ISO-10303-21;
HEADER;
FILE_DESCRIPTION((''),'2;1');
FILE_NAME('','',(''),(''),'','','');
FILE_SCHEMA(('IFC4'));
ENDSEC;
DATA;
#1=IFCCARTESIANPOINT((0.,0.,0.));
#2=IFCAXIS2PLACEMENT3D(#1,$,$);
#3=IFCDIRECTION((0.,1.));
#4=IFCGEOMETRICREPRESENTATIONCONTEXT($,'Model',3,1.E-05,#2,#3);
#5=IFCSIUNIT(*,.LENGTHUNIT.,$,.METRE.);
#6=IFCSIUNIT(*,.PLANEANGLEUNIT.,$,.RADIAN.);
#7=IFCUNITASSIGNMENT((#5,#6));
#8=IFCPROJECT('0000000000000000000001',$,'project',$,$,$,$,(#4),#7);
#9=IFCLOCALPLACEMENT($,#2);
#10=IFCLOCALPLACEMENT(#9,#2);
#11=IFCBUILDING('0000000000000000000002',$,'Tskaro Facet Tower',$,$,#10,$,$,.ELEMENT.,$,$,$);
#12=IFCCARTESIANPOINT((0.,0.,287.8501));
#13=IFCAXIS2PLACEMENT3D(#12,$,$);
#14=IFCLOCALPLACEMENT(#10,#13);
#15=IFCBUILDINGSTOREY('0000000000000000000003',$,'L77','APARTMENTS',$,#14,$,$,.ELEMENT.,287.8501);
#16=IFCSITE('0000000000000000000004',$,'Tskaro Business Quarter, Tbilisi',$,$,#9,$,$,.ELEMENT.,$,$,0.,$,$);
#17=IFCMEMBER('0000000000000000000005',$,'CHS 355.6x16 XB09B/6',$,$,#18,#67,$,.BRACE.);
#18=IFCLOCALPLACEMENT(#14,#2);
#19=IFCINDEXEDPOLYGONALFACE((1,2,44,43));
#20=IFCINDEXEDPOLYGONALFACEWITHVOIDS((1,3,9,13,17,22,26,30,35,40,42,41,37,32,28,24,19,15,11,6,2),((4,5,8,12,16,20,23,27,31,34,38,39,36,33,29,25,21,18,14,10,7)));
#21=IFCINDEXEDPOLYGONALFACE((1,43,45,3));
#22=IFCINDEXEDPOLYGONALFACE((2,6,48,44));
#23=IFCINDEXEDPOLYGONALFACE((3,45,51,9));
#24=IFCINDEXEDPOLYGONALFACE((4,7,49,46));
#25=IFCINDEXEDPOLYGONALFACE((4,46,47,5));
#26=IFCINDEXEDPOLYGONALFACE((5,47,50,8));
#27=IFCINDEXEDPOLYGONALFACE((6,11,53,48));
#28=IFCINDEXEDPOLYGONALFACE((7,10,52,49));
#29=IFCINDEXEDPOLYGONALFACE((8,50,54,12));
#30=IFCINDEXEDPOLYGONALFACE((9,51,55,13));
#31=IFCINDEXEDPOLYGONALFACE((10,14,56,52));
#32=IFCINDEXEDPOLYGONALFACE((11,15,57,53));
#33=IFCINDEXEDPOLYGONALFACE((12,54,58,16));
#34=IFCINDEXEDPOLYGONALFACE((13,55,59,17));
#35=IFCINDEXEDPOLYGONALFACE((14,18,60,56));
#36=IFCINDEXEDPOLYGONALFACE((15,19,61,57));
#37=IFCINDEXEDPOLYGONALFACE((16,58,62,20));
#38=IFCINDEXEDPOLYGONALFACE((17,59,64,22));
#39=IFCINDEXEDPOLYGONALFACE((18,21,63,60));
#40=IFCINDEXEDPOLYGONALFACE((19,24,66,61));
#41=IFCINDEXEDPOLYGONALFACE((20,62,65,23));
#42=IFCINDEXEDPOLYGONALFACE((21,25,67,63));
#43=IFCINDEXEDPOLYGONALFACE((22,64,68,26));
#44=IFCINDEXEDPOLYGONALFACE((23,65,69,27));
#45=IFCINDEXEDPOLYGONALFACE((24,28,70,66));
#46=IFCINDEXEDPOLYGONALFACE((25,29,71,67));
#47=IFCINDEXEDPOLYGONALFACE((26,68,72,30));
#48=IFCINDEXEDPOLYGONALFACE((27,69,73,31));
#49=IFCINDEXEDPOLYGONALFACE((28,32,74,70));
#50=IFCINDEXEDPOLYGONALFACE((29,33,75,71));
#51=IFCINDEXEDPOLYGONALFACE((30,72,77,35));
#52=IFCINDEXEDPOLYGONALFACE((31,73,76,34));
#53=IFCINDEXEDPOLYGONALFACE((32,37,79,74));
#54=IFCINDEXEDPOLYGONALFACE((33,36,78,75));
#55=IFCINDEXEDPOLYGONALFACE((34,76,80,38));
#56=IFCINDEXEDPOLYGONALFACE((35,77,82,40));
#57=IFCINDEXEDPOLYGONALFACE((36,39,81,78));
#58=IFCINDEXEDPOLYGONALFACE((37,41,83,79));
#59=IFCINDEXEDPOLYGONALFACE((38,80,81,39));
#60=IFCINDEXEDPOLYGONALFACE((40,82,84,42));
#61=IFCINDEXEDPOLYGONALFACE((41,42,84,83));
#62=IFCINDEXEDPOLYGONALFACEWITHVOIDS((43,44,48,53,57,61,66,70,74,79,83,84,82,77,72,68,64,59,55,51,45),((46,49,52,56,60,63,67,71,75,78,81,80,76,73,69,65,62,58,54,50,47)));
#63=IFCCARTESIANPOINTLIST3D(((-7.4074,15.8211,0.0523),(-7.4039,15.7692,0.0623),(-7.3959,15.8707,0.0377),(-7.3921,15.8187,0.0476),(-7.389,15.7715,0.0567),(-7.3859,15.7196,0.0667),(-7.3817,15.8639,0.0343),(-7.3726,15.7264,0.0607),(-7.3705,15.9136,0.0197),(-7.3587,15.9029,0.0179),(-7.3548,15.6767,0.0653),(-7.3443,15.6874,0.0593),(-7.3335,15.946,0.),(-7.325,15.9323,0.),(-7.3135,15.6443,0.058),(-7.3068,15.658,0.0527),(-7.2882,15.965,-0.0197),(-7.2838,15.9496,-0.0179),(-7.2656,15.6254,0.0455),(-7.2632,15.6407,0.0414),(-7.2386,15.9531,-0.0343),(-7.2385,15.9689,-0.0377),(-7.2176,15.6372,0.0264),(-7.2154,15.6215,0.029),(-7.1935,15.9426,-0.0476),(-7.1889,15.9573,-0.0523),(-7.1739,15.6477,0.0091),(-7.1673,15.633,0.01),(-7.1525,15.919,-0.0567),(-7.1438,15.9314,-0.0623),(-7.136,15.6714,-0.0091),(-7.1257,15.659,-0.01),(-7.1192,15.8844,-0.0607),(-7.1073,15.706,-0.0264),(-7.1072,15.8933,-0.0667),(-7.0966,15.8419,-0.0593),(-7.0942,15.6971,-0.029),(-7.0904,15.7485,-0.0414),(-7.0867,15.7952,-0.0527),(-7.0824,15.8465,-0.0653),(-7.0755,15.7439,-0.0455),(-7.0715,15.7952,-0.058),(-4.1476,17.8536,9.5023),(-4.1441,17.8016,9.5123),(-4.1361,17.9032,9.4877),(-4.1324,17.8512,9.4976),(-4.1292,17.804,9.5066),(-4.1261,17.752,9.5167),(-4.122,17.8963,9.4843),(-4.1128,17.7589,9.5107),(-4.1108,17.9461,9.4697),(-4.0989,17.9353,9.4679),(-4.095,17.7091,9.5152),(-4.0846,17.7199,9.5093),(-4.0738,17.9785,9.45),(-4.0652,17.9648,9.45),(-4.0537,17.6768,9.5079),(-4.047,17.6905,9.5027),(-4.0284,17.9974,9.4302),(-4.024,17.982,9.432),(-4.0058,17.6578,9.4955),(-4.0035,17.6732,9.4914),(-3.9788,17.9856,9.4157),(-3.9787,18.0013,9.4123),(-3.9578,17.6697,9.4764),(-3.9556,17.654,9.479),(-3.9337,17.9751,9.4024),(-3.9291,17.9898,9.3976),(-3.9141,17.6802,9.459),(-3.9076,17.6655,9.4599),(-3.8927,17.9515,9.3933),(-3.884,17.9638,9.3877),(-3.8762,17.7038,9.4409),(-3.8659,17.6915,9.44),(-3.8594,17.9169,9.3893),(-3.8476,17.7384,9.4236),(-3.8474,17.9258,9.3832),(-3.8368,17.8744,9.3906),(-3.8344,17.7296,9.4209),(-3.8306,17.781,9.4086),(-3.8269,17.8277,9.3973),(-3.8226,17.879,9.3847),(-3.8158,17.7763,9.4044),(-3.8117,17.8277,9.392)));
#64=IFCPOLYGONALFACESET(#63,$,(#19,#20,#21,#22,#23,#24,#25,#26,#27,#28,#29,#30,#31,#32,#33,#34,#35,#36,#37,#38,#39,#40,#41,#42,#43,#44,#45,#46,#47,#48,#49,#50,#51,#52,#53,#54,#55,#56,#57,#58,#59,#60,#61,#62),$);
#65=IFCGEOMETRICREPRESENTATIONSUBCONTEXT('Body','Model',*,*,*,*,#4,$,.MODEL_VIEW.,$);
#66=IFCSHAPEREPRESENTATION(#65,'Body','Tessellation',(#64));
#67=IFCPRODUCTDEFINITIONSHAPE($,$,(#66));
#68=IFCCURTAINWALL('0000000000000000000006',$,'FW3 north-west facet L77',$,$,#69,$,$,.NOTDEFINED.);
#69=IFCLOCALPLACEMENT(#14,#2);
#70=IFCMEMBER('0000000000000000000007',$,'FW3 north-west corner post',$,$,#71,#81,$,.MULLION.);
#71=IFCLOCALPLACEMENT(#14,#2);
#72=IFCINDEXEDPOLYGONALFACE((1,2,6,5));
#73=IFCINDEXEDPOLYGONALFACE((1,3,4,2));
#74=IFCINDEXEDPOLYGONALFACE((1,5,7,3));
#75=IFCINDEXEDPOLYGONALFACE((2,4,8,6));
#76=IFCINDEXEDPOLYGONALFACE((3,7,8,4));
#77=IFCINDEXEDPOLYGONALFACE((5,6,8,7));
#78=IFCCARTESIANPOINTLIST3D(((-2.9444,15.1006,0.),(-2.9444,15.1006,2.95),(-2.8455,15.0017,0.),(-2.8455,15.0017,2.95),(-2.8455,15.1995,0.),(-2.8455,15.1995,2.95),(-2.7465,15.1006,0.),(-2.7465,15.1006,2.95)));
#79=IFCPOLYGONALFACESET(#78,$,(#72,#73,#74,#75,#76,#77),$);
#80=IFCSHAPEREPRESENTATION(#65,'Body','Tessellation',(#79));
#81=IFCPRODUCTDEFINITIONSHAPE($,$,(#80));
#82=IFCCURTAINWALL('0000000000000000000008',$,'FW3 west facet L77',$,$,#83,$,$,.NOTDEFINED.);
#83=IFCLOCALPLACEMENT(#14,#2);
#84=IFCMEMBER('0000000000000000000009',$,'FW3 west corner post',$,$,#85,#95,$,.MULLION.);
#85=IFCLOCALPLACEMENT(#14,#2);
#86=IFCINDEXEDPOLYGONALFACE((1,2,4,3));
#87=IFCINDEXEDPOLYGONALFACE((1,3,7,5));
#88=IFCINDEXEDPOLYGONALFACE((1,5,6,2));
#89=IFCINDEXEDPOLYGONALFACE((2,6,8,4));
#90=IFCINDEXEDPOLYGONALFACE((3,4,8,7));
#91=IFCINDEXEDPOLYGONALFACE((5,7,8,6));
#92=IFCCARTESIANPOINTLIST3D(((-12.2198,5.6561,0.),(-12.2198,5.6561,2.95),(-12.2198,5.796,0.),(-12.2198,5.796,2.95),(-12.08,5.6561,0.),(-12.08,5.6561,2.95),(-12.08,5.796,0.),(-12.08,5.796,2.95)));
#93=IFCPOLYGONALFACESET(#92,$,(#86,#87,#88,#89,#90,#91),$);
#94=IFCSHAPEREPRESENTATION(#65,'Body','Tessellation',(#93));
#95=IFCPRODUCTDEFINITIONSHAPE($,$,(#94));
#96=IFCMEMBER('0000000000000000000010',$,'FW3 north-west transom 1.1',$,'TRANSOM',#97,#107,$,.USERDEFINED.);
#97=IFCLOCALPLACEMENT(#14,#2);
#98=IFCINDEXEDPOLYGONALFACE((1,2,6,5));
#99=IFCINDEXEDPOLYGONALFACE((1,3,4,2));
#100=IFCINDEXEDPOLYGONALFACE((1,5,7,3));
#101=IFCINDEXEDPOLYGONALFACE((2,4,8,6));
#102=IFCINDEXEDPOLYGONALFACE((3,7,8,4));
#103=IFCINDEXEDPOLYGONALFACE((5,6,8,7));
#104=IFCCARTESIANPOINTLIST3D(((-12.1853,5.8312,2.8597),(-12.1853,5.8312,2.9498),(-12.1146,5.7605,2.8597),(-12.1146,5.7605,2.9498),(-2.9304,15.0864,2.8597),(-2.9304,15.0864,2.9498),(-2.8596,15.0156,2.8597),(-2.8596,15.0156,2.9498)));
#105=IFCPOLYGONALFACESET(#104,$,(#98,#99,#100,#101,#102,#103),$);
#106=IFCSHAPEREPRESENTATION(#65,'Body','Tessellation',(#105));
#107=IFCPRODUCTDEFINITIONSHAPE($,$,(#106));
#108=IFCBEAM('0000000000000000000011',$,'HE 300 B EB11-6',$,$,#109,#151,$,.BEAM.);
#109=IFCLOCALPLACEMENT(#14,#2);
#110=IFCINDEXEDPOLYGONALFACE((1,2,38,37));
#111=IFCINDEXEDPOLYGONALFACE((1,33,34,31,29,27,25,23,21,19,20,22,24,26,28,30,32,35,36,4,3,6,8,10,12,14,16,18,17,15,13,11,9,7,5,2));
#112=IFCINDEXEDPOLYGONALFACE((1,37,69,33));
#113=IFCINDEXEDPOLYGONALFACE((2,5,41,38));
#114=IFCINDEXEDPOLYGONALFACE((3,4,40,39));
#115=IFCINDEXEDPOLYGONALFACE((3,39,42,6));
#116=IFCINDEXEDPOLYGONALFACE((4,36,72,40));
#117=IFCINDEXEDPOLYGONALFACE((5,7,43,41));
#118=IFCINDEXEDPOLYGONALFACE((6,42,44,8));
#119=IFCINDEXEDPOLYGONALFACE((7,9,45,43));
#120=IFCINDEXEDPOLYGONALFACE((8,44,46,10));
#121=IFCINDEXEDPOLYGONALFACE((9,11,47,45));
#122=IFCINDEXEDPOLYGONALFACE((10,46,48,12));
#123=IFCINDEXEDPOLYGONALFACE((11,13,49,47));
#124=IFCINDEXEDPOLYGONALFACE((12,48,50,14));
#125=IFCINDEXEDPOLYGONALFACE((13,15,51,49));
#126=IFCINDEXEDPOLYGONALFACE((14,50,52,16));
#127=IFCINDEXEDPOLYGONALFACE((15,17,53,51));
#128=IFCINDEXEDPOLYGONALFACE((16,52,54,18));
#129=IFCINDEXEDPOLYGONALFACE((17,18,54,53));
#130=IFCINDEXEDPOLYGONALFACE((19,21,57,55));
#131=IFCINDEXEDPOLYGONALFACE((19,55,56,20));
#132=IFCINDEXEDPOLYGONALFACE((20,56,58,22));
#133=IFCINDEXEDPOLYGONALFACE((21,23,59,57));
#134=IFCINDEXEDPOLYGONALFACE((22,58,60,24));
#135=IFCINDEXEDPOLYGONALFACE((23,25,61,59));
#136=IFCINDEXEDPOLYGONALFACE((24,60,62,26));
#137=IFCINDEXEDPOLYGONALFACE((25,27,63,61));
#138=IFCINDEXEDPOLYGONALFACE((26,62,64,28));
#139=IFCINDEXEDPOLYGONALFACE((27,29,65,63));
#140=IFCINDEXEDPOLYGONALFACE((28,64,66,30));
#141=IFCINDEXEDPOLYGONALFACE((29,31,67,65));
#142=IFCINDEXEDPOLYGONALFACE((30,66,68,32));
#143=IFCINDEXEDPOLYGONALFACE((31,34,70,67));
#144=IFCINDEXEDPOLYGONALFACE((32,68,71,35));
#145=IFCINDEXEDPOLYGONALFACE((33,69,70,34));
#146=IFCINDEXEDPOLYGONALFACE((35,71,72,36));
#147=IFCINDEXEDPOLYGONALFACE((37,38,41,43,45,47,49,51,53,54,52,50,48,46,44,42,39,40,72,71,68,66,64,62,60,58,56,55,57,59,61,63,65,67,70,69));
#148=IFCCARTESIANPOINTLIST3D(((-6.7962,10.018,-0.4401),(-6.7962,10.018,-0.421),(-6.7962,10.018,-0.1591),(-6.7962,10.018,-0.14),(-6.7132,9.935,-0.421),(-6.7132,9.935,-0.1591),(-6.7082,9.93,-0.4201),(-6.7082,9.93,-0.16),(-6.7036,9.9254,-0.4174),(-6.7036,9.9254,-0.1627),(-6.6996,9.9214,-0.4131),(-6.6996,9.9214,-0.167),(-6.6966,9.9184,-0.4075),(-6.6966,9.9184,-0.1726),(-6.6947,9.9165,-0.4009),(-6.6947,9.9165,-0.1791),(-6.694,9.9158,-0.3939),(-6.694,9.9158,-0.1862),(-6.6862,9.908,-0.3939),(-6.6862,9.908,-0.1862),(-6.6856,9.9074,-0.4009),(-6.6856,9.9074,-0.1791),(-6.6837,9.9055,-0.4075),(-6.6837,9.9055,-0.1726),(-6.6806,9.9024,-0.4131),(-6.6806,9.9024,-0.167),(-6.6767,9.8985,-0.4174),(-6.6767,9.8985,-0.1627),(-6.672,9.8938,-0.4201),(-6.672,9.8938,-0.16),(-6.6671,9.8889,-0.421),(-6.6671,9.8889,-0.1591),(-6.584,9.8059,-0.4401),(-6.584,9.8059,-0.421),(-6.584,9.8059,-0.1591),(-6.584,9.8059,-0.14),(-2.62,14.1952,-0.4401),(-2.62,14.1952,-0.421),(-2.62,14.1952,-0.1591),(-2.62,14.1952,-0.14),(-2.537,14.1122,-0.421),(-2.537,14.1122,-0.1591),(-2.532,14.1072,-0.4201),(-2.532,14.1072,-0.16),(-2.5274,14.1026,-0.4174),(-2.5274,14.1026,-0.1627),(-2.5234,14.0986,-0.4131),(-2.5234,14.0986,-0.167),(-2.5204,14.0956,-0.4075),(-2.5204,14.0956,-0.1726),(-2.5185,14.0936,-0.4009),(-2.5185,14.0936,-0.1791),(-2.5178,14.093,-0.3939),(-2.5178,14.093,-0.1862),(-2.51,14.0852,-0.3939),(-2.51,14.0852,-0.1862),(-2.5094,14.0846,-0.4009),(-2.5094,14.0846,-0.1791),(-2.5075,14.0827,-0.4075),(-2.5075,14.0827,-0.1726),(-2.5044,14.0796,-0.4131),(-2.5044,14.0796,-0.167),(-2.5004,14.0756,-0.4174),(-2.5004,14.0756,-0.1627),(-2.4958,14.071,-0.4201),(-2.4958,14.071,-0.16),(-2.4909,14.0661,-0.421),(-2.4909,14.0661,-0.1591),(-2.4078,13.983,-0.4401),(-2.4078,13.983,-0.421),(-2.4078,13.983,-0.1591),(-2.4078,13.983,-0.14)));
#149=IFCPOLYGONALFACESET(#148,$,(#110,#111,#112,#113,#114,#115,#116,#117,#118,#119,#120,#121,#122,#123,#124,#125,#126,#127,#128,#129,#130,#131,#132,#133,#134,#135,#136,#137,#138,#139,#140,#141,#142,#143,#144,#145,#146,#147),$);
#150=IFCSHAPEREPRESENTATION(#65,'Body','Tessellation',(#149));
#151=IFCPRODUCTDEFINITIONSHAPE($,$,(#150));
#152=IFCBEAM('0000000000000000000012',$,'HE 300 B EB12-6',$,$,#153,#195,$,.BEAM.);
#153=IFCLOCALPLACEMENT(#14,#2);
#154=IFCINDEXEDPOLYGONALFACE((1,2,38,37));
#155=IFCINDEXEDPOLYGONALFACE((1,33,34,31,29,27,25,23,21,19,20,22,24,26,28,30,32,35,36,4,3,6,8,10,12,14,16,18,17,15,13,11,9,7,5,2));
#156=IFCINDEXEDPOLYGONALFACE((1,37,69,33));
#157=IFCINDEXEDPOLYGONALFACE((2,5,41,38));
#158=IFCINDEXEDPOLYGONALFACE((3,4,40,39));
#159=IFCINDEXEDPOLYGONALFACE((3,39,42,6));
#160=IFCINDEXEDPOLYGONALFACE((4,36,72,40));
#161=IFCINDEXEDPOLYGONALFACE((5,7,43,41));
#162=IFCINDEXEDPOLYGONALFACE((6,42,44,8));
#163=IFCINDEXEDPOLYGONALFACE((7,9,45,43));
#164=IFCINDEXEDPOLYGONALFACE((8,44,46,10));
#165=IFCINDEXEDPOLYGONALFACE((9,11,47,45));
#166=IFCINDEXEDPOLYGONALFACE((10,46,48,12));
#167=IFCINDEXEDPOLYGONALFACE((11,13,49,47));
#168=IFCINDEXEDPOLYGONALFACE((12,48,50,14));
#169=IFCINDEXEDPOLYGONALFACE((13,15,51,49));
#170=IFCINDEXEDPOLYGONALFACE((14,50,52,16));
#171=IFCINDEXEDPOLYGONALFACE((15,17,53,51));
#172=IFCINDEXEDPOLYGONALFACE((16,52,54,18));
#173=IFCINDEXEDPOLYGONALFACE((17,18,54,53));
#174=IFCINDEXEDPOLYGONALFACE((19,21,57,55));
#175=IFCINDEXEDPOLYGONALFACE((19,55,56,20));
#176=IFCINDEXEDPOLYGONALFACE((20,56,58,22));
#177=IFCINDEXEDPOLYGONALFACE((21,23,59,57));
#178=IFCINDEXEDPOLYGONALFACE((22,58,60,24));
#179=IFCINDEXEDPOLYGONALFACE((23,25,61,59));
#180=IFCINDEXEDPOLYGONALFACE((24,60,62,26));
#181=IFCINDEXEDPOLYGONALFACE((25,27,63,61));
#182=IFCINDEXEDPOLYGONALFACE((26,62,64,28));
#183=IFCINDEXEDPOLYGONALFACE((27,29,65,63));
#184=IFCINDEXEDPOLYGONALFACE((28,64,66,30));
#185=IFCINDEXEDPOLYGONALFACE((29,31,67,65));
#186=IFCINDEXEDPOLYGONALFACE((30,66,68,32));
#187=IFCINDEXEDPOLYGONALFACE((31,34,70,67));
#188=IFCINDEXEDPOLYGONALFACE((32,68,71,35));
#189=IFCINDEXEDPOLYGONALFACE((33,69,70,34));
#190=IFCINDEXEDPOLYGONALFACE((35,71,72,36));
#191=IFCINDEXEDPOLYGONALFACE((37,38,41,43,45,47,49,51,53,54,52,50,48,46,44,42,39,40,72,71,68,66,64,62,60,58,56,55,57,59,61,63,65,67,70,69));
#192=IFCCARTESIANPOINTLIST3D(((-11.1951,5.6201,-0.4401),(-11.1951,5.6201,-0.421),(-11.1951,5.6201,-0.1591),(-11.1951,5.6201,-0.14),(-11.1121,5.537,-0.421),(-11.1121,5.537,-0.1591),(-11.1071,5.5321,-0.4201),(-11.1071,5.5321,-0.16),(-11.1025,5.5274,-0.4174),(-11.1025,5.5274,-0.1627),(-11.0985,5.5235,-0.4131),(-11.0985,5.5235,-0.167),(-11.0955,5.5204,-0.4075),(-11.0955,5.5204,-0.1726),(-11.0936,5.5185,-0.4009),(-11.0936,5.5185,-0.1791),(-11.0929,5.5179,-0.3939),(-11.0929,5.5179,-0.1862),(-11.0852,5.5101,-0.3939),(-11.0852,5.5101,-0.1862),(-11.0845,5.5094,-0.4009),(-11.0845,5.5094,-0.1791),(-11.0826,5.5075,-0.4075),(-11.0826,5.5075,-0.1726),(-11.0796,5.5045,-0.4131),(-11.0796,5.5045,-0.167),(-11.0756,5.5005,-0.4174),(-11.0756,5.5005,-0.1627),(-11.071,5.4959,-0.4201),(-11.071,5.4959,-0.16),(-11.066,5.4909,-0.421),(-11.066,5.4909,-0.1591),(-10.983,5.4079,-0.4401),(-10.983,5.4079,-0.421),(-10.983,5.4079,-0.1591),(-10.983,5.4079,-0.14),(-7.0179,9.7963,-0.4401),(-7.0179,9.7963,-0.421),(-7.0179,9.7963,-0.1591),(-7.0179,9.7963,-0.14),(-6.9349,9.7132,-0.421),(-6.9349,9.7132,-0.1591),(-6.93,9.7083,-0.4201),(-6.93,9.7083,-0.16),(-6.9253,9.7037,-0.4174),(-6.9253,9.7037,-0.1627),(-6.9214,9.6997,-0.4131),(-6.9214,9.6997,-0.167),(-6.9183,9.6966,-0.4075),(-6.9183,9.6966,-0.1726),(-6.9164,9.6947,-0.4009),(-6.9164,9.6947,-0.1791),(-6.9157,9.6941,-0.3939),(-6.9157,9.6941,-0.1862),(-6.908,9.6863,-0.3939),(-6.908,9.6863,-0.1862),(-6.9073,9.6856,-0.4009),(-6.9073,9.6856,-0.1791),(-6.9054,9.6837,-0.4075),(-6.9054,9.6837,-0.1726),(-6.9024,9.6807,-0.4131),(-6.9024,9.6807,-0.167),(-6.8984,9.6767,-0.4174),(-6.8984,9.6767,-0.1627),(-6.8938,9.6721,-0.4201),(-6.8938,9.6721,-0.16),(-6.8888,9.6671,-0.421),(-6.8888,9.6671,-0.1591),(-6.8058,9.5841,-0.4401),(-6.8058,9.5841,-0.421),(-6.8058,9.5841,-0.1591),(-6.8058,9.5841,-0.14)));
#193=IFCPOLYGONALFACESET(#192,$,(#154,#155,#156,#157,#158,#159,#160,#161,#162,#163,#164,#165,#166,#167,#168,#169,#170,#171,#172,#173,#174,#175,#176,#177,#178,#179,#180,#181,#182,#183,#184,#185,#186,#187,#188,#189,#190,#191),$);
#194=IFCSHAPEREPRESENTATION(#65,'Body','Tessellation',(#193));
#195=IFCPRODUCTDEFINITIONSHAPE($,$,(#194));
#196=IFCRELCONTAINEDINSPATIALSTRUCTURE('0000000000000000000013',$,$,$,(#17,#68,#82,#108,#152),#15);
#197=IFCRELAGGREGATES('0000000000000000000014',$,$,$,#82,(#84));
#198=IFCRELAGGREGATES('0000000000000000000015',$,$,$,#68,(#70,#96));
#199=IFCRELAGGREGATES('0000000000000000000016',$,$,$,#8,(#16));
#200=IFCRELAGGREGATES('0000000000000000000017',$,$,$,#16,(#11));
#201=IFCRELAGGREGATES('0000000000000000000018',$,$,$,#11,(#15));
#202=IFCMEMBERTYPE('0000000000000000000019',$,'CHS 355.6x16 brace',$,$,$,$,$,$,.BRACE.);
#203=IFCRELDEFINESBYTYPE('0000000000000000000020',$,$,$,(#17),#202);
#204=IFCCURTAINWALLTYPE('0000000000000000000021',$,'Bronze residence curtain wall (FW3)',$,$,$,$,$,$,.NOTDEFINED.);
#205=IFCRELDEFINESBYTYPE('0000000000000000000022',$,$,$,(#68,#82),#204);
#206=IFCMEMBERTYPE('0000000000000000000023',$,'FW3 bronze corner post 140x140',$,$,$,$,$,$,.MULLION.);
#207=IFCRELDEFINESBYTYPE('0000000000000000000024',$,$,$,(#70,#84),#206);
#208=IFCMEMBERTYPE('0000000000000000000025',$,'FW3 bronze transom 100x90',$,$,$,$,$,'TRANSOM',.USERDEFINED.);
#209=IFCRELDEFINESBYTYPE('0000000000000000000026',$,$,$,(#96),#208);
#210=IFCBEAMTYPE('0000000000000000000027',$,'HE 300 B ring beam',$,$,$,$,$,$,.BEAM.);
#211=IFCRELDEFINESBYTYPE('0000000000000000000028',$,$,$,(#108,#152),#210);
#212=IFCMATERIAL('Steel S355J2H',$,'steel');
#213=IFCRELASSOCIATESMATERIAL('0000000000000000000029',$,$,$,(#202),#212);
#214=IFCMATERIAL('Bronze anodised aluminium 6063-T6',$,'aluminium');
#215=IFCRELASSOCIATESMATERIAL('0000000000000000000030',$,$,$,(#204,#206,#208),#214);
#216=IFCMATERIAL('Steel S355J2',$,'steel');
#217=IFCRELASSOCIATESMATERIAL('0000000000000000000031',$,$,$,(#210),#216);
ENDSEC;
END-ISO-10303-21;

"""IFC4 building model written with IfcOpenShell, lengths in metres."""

from ifc_helpers import new_model, si_unit, direction, frame, origin, origin_2d, place, context, subcontext, project, spatial, rectangle, hollow_circle, i_section, extrude, material, material_profile, profile_set, type_object, element, aggregate, save


model = new_model("IFC4")

# Units and contexts
model_context = context("Model", 3, precision=1e-05, world=origin(), true_north=direction((0.0, 1.0)))
body_context = subcontext(model_context, "Body", "Model", "MODEL_VIEW")
ifc_project = project(units=[si_unit("LENGTHUNIT", "METRE"), si_unit("PLANEANGLEUNIT", "RADIAN")], contexts=[model_context])

# Site, building, storey
site_placement = place(None, origin())
site = spatial("IfcSite", under=ifc_project, at=site_placement, Name="Tskaro Business Quarter, Tbilisi", CompositionType="ELEMENT", RefElevation=0.0)
building_placement = place(site_placement, origin())
building = spatial("IfcBuilding", under=site, at=building_placement, Name="Tskaro Facet Tower", CompositionType="ELEMENT")
storey_placement = place(building_placement, frame((0.0, 0.0, 287.8501)))
storey = spatial("IfcBuildingStorey", under=building, at=storey_placement, Name="L77", Description="APARTMENTS", CompositionType="ELEMENT", Elevation=287.8501)

# Shared definitions
ifc_material_1 = material(Name="Steel S355J2", Category="steel")
ifc_material_2 = material(Name="Steel S355J2H", Category="steel")

# Member
ifc_material_profile_1 = material_profile(ifc_material_2, hollow_circle(Radius=0.1777, WallThickness=0.0161, at=origin_2d()), Name="CHS 355.6x16")
ifc_profile_set_1 = profile_set([ifc_material_profile_1], Name="Steel S355J2H")
member_type_1 = type_object("IfcMemberType", Name="CHS 355.6x16 brace", PredefinedType="BRACE", material=ifc_profile_set_1)
for number, where, z_axis, x_axis, name in (
    (1, (-7.2395, 15.7952, 0.0), (0.319556, 0.199244, 0.926383), (-0.529085, 0.848569, 0.0), "CHS 355.6x16 XB09B/6"),
):
    element("IfcMember", number, at=place(storey_placement, frame(where, z_axis=z_axis, x_axis=x_axis)), inside=storey, type_object=member_type_1, Name=name, PredefinedType="BRACE", context=body_context, shape_type="SweptSolid", body=[
        extrude(hollow_circle(Radius=0.1777, WallThickness=0.0161, at=origin_2d()), origin(), (0.0, 0.0, 1.0), 10.2009),
    ])

# Curtain walls, members
ifc_material_3 = material(Name="Bronze anodised aluminium 6063-T6", Category="aluminium")
curtain_wall_type = type_object("IfcCurtainWallType", Name="Bronze residence curtain wall (FW3)", PredefinedType="NOTDEFINED", material=ifc_material_3)
curtain_wall_1_placement = place(storey_placement, origin())
curtain_wall_1 = element("IfcCurtainWall", 2, at=curtain_wall_1_placement, inside=storey, type_object=curtain_wall_type, Name="FW3 north-west facet L77", PredefinedType="NOTDEFINED")
ifc_material_profile_2 = material_profile(ifc_material_3, rectangle(XDim=0.1399, YDim=0.1399, at=origin_2d()), Name="Corner post 140x140")
ifc_profile_set_2 = profile_set([ifc_material_profile_2], Name="Bronze anodised aluminium 6063-T6")
member_type_2 = type_object("IfcMemberType", Name="FW3 bronze corner post 140x140", PredefinedType="MULLION", material=ifc_profile_set_2)
member_1_placement = place(storey_placement, frame((-2.8455, 15.1006, 0.0), z_axis=(0.0, 0.0, 1.0), x_axis=(-0.707107, -0.707107, 0.0)))
member_1 = element("IfcMember", 3, at=member_1_placement, type_object=member_type_2, Name="FW3 north-west corner post", PredefinedType="MULLION", context=body_context, shape_type="SweptSolid", body=[
    extrude(rectangle(XDim=0.1399, YDim=0.1399, at=origin_2d()), origin(), (0.0, 0.0, 1.0), 2.95),
])
curtain_wall_2_placement = place(storey_placement, origin())
curtain_wall_2 = element("IfcCurtainWall", 4, at=curtain_wall_2_placement, inside=storey, type_object=curtain_wall_type, Name="FW3 west facet L77", PredefinedType="NOTDEFINED")
member_2_placement = place(storey_placement, frame((-12.1499, 5.7261, 0.0), z_axis=(0.0, 0.0, 1.0), x_axis=(0.0, -1.0, 0.0)))
member_2 = element("IfcMember", 5, at=member_2_placement, type_object=member_type_2, Name="FW3 west corner post", PredefinedType="MULLION", context=body_context, shape_type="SweptSolid", body=[
    extrude(rectangle(XDim=0.1399, YDim=0.1399, at=origin_2d()), origin(), (0.0, 0.0, 1.0), 2.95),
])
aggregate(curtain_wall_2, [member_2])

# Member
ifc_material_profile_3 = material_profile(ifc_material_3, rectangle(XDim=0.1001, YDim=0.0901, at=origin_2d()), Name="Transom 100x90")
ifc_profile_set_3 = profile_set([ifc_material_profile_3], Name="Bronze anodised aluminium 6063-T6")
member_type_3 = type_object("IfcMemberType", Name="FW3 bronze transom 100x90", ElementType="TRANSOM", PredefinedType="USERDEFINED", material=ifc_profile_set_3)
member_3_placement = place(storey_placement, frame((-2.895, 15.051, 2.9048), z_axis=(-0.707097, -0.707116, 0.0), x_axis=(0.707116, -0.707097, 0.0)))
member_3 = element("IfcMember", 6, at=member_3_placement, type_object=member_type_3, Name="FW3 north-west transom 1.1", ObjectType="TRANSOM", PredefinedType="USERDEFINED", context=body_context, shape_type="SweptSolid", body=[
    extrude(rectangle(XDim=0.1001, YDim=0.0901, at=origin_2d()), origin(), (0.0, 0.0, 1.0), 13.0886),
])

# Beams
ifc_material_profile_4 = material_profile(ifc_material_1, i_section(OverallWidth=0.3, OverallDepth=0.3, WebThickness=0.011, FlangeThickness=0.019, FilletRadius=0.0271, at=origin_2d()), Name="HE 300 B")
ifc_profile_set_4 = profile_set([ifc_material_profile_4], Name="Steel S355J2")
beam_type_1 = type_object("IfcBeamType", Name="HE 300 B ring beam", PredefinedType="BEAM", material=ifc_profile_set_4)
for number, where, z_axis, x_axis, name in (
    (7, (-2.5139, 14.0891, -0.29), (-0.707024, -0.707189, 0.0), (0.707189, -0.707024, 0.0), "HE 300 B EB11-6"),
    (8, (-6.9119, 9.6902, -0.29), (-0.707189, -0.707024, 0.0), (0.707024, -0.707189, 0.0), "HE 300 B EB12-6"),
):
    element("IfcBeam", number, at=place(storey_placement, frame(where, z_axis=z_axis, x_axis=x_axis)), inside=storey, type_object=beam_type_1, Name=name, PredefinedType="BEAM", context=body_context, shape_type="SweptSolid", body=[
        extrude(i_section(OverallWidth=0.3, OverallDepth=0.3, WebThickness=0.011, FlangeThickness=0.019, FilletRadius=0.0271, at=origin_2d()), origin(), (0.0, 0.0, 1.0), 5.9067),
    ])

aggregate(curtain_wall_1, [member_1, member_3])

save(model, "model.ifc")
